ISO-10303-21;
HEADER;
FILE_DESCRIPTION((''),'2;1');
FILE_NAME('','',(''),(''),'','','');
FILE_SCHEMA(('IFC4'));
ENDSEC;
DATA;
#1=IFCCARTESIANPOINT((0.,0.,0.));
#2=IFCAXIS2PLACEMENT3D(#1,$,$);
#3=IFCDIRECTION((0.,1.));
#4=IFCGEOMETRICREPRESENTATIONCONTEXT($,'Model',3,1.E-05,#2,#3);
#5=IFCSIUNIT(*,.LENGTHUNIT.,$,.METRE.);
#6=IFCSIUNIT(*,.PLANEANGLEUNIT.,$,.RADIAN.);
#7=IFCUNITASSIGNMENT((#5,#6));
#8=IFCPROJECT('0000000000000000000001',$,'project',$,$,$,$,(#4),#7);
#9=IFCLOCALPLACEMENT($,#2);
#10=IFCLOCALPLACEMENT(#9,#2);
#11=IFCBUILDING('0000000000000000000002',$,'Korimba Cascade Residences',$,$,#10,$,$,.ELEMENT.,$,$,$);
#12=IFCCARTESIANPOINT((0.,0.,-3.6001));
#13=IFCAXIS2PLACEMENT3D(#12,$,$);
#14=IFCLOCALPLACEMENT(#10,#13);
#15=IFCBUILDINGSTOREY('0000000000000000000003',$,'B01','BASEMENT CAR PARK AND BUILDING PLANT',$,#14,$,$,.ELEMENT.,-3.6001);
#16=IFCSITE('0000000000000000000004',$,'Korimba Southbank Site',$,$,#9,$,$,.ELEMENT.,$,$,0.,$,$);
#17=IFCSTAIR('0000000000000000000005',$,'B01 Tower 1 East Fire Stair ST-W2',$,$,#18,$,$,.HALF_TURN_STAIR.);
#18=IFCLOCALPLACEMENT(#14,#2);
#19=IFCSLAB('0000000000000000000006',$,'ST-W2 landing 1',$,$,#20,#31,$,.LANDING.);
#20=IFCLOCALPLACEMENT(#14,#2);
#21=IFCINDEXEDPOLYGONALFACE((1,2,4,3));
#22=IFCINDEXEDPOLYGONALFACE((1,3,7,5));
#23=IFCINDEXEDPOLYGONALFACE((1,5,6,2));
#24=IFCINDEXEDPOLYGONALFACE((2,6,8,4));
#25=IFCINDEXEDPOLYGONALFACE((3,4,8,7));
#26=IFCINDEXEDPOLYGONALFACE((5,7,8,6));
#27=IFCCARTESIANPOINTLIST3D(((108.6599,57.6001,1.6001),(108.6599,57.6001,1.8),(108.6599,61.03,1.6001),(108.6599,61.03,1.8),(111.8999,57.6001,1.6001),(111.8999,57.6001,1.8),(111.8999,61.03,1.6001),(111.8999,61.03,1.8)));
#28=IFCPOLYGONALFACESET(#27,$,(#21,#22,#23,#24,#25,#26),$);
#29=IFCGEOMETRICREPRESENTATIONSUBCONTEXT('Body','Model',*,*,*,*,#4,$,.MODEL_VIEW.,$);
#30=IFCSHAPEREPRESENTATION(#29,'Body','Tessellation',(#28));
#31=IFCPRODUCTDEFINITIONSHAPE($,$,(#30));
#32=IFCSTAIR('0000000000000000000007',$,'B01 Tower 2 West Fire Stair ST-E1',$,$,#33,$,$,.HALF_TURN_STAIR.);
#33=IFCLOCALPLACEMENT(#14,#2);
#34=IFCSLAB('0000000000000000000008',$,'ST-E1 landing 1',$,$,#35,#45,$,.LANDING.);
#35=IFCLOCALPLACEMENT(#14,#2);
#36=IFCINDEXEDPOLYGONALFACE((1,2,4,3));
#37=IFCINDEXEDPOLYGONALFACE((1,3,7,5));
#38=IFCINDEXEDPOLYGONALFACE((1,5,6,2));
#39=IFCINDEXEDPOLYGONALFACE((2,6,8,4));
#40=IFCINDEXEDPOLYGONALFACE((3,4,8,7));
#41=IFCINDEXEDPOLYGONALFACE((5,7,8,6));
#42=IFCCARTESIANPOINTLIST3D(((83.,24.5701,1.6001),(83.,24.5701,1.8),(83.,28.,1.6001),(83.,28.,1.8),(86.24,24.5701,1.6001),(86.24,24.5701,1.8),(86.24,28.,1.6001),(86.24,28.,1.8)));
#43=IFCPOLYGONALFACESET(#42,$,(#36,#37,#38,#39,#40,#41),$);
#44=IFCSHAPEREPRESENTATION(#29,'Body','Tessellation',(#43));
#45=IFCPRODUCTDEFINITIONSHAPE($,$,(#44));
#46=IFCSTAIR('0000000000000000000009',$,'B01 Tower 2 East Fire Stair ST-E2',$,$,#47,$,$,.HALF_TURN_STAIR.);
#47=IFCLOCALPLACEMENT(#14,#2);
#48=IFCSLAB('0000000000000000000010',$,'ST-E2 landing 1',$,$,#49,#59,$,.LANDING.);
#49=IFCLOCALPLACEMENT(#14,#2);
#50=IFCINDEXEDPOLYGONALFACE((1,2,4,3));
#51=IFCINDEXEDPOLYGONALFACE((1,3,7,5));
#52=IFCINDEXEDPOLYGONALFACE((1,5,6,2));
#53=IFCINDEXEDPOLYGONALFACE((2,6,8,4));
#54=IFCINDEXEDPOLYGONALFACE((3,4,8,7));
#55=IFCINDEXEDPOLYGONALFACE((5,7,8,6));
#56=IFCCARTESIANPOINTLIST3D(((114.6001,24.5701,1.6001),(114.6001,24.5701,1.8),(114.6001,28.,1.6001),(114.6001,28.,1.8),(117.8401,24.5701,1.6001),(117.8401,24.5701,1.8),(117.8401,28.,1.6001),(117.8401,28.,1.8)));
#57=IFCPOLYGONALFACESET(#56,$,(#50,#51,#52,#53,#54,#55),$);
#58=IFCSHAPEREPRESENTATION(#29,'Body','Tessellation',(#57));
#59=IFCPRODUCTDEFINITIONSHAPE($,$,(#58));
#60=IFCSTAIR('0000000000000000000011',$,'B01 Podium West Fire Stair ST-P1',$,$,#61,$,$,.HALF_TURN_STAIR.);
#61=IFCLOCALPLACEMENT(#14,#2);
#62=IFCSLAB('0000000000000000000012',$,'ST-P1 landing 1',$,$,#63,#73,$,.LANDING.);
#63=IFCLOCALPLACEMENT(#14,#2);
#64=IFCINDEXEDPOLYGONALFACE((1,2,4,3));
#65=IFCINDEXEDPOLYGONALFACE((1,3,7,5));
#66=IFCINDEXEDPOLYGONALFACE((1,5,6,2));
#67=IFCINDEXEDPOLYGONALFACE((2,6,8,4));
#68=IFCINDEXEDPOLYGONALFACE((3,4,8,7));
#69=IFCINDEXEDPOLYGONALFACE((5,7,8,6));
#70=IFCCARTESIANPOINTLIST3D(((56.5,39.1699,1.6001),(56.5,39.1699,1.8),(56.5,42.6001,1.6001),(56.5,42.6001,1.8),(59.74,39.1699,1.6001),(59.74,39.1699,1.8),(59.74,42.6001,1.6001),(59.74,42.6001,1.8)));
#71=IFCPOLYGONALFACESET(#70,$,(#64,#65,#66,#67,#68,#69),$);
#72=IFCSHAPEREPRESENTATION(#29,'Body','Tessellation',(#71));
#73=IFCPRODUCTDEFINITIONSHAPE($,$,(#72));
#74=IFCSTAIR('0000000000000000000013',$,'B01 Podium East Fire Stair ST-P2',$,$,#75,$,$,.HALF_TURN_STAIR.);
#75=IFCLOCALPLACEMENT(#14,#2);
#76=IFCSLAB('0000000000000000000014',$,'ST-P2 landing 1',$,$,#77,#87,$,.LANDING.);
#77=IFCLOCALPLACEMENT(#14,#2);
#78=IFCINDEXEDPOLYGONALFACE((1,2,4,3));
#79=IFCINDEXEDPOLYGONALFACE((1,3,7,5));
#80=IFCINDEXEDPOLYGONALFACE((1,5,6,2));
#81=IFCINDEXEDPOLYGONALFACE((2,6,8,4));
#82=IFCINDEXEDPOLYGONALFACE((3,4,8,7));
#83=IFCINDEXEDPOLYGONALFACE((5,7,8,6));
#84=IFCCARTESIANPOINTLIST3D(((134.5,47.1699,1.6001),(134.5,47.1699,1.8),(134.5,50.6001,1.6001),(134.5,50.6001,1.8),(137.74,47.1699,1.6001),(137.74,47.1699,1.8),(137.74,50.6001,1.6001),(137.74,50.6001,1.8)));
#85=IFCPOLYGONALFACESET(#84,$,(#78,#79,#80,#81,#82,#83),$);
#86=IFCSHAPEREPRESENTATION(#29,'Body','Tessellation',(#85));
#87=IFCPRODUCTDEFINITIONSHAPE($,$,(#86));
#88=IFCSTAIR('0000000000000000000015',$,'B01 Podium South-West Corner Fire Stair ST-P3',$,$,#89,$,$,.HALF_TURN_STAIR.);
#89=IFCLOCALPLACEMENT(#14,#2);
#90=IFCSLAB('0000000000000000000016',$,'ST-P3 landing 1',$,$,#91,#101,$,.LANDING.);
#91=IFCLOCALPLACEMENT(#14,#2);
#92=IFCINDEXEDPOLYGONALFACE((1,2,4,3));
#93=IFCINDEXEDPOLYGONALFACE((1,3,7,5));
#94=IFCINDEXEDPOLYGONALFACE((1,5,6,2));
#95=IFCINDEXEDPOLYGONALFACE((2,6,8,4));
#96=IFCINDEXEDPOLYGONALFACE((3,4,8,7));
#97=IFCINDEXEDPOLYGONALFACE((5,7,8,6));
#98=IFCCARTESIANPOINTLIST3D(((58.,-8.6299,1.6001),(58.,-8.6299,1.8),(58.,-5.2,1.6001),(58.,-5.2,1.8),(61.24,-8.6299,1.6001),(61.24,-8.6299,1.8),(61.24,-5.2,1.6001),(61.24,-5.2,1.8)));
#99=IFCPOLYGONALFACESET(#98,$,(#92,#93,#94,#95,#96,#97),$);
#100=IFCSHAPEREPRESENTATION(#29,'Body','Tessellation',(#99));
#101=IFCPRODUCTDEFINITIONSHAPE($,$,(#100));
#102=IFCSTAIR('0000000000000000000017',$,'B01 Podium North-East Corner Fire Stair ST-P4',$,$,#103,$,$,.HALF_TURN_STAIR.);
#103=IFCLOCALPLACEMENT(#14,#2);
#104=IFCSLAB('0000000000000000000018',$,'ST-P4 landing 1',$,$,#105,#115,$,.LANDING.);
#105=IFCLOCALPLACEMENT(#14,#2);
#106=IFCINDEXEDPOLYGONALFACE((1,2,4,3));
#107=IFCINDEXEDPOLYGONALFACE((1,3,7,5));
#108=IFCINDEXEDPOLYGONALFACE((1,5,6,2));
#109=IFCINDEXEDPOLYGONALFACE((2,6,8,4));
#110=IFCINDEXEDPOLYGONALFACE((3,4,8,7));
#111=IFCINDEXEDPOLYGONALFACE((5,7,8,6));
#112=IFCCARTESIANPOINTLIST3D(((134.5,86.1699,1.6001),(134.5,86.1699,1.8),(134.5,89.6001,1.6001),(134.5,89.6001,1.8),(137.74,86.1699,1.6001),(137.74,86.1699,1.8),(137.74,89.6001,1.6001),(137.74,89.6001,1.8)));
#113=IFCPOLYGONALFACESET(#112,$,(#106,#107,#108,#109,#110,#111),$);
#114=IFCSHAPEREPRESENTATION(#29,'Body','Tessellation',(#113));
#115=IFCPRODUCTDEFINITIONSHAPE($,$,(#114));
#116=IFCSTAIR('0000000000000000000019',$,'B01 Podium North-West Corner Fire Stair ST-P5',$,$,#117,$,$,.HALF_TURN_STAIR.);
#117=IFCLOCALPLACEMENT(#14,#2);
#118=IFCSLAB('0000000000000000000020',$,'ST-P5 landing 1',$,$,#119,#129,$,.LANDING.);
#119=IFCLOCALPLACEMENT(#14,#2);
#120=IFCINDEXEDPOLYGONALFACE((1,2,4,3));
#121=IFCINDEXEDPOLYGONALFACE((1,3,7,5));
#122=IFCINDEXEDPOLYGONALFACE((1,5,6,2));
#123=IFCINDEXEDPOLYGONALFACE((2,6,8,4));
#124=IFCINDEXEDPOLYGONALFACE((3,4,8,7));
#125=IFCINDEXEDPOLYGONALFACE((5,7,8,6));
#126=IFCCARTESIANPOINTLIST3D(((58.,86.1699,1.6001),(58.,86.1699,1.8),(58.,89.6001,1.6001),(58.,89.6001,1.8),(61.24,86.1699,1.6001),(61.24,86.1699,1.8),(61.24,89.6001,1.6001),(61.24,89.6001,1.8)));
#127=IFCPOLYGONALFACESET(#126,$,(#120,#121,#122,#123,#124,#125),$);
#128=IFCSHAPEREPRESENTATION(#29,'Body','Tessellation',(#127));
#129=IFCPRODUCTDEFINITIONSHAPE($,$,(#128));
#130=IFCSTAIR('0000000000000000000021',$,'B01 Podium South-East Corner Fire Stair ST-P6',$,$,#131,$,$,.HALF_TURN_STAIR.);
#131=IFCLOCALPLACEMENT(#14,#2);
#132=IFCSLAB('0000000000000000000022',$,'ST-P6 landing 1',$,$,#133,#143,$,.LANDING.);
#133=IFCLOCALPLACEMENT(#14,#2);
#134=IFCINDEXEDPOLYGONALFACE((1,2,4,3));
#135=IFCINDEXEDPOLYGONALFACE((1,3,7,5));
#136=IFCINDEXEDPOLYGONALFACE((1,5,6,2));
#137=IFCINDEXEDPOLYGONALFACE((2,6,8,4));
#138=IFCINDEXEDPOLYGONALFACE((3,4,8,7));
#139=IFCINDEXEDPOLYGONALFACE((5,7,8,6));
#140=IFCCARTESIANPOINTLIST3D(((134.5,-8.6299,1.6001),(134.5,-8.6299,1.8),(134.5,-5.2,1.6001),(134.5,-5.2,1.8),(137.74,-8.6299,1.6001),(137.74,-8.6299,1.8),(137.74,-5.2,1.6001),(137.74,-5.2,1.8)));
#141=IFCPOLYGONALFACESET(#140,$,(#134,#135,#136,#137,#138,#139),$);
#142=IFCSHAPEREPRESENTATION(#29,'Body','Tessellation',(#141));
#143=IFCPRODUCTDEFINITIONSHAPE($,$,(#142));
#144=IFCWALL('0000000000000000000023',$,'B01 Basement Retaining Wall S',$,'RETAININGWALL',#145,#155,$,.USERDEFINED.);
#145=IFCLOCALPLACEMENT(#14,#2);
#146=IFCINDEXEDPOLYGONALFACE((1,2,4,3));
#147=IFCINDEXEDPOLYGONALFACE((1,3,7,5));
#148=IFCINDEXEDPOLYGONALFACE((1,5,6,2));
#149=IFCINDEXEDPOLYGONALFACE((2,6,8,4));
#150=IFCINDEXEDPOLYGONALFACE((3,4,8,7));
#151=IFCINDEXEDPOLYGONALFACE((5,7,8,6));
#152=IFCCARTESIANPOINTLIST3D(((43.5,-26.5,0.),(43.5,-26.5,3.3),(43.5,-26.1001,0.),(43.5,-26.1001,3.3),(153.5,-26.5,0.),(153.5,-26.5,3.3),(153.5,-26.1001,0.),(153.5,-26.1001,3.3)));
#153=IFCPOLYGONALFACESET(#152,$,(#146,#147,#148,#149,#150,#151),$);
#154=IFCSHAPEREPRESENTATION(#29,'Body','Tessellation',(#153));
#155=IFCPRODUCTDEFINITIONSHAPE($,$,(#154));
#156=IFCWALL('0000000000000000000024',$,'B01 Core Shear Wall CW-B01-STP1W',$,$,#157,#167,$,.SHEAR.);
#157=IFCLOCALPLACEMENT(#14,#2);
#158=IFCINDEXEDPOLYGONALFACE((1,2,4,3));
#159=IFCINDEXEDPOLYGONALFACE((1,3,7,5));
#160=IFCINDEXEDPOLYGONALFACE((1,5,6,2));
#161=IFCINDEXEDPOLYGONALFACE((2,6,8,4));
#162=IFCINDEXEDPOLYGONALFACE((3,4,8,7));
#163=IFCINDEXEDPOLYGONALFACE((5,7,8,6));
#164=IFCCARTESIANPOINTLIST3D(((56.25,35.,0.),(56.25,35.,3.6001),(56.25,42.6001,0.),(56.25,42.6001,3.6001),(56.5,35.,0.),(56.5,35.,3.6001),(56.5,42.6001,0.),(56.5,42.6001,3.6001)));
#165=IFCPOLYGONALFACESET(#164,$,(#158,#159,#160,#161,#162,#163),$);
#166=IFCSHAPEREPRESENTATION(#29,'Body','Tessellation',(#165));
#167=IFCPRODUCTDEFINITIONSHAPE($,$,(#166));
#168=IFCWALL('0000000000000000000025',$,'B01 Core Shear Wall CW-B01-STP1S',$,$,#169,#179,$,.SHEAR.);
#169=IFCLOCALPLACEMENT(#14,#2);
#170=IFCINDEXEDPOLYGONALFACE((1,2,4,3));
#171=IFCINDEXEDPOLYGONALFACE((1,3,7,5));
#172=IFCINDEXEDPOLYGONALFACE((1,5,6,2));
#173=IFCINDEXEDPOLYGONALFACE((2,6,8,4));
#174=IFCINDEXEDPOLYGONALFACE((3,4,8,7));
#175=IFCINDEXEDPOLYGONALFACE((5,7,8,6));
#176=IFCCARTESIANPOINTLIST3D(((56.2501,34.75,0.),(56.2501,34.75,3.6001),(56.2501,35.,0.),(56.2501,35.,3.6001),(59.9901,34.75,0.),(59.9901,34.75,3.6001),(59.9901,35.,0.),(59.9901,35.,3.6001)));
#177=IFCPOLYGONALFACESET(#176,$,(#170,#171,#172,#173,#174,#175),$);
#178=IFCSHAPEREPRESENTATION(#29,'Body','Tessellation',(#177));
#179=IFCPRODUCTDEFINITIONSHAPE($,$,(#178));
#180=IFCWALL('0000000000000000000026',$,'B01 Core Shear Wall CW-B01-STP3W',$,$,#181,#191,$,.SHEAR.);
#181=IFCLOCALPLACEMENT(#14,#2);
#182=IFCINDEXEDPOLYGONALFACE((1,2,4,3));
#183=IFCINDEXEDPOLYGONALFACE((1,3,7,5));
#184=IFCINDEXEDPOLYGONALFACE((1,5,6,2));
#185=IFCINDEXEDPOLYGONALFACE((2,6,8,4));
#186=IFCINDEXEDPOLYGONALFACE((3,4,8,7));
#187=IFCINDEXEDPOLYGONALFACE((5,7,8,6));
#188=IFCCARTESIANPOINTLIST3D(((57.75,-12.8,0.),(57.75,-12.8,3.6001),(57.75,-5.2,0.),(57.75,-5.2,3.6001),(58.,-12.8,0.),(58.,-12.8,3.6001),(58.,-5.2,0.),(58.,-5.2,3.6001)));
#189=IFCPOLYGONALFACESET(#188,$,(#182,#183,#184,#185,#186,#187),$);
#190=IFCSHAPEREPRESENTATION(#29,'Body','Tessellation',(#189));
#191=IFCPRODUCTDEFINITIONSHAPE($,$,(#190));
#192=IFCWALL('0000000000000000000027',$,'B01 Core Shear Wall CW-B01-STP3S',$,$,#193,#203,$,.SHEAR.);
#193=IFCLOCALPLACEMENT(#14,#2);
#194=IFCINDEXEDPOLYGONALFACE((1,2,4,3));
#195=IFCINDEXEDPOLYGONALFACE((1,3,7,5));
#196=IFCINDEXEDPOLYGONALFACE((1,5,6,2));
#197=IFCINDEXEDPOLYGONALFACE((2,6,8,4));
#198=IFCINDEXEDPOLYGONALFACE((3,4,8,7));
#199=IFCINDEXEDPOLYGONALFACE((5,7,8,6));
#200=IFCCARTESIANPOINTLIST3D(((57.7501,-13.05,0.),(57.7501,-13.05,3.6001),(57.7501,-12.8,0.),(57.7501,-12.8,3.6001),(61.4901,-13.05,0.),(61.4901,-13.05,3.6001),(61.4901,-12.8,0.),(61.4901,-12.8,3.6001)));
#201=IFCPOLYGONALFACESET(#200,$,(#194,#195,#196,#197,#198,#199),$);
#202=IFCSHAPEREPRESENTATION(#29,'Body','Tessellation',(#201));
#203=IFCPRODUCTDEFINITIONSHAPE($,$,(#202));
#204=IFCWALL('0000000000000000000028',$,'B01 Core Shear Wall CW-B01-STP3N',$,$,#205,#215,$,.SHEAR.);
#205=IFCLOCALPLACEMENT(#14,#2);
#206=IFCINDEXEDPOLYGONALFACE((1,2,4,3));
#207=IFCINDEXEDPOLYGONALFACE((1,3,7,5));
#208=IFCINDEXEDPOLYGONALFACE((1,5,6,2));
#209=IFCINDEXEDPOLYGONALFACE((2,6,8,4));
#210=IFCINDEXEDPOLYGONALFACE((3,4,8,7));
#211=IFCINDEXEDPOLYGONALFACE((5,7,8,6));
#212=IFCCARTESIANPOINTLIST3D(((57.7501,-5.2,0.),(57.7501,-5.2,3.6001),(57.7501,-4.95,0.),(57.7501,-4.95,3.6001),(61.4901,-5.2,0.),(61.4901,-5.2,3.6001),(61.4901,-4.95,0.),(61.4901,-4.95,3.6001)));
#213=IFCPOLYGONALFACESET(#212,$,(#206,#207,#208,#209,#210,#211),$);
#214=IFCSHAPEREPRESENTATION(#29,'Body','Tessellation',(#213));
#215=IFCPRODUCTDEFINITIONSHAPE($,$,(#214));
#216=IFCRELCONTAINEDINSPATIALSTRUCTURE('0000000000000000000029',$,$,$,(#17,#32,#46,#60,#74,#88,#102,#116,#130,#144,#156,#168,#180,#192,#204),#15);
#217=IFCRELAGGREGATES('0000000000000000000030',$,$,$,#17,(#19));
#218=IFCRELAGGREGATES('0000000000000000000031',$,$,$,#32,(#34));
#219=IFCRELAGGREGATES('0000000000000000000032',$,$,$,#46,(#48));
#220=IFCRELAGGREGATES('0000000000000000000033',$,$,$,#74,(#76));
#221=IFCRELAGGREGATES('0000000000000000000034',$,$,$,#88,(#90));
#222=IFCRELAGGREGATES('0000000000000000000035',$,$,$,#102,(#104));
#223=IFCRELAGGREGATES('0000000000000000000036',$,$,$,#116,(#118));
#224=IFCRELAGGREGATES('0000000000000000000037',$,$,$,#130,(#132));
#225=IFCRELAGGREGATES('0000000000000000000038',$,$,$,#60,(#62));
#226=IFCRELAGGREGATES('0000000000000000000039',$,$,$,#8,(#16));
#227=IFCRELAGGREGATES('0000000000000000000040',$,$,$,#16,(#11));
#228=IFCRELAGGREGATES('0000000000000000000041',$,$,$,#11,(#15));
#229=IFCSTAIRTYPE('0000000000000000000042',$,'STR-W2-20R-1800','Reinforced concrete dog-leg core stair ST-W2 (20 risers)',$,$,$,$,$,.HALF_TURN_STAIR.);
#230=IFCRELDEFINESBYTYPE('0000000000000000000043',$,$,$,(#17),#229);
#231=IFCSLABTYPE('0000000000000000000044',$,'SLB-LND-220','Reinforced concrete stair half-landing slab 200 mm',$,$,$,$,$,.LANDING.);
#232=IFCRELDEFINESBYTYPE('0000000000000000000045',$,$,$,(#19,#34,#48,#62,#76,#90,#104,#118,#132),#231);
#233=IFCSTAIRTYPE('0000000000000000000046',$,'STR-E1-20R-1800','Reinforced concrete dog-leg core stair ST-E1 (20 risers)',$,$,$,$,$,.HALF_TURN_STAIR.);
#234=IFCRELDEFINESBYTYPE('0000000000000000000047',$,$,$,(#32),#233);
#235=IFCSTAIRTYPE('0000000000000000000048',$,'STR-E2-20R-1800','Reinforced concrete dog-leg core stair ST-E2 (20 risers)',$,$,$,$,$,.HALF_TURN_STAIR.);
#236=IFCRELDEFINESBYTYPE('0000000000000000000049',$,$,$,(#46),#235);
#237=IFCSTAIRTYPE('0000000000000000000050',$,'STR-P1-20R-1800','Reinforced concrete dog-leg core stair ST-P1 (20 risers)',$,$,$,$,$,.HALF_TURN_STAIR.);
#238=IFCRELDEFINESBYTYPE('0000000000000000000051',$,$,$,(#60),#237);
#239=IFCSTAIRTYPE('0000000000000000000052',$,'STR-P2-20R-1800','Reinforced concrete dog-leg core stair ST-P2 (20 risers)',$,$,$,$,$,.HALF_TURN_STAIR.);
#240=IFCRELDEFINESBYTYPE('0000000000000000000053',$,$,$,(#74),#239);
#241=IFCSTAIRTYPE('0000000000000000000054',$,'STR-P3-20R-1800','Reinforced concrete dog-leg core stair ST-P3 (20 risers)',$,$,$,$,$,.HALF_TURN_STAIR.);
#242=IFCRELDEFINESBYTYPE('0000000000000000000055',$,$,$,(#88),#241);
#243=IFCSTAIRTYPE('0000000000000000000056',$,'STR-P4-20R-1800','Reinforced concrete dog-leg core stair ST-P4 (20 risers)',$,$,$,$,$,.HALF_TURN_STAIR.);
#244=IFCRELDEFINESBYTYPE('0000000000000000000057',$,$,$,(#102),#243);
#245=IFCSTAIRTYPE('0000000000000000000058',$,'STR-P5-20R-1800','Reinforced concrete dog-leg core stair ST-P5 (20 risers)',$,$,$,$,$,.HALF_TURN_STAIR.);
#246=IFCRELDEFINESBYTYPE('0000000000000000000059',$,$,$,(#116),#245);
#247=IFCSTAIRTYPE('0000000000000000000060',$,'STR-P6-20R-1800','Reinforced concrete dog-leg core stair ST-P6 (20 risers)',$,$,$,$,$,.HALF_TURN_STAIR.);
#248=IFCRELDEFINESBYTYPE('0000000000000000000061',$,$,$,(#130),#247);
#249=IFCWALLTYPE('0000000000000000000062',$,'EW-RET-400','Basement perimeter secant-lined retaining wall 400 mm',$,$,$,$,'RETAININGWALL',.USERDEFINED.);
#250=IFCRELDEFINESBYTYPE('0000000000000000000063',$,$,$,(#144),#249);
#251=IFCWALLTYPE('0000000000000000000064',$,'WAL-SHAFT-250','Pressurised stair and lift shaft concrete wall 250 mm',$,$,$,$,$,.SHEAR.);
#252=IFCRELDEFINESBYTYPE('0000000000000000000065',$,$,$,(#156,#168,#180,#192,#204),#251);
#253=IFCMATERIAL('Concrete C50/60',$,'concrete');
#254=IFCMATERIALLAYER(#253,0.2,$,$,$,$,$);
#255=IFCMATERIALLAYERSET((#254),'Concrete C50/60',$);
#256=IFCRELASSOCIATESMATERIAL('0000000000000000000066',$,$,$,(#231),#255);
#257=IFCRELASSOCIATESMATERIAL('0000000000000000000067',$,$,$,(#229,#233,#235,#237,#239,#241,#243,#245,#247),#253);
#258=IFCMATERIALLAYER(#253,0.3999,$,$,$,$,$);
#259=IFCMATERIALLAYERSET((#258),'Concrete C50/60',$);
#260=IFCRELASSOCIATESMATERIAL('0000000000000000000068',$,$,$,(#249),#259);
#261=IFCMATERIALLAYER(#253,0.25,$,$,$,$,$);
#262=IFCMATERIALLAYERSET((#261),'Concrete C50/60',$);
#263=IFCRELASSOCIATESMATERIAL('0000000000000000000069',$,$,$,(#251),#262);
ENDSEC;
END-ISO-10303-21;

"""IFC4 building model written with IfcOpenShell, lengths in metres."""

from ifc_helpers import new_model, si_unit, direction, frame, frame_2d, origin, place, context, subcontext, project, spatial, polyline, rectangle, outline, extrude, material, layer, layer_set, type_object, element, aggregate, save


model = new_model("IFC4")

# Units and contexts
model_context = context("Model", 3, precision=1e-05, world=origin(), true_north=direction((0.0, 1.0)))
body_context = subcontext(model_context, "Body", "Model", "MODEL_VIEW")
ifc_project = project(units=[si_unit("LENGTHUNIT", "METRE"), si_unit("PLANEANGLEUNIT", "RADIAN")], contexts=[model_context])

# Site, building, storey
site_placement = place(None, origin())
site = spatial("IfcSite", under=ifc_project, at=site_placement, Name="Korimba Southbank Site", CompositionType="ELEMENT", RefElevation=0.0)
building_placement = place(site_placement, origin())
building = spatial("IfcBuilding", under=site, at=building_placement, Name="Korimba Cascade Residences", CompositionType="ELEMENT")
storey_placement = place(building_placement, frame((0.0, 0.0, -3.6001)))
storey = spatial("IfcBuildingStorey", under=building, at=storey_placement, Name="B01", Description="BASEMENT CAR PARK AND BUILDING PLANT", CompositionType="ELEMENT", Elevation=-3.6001)

# Stairs, slabs
ifc_material_1 = material(Name="Concrete C50/60", Category="concrete")
ifc_layer_1 = layer(ifc_material_1, 0.2)
ifc_layer_set_1 = layer_set([ifc_layer_1], Name="Concrete C50/60")
slab_type_1 = type_object("IfcSlabType", Name="SLB-LND-220", Description="Reinforced concrete stair half-landing slab 200 mm", PredefinedType="LANDING", material=ifc_layer_set_1)
stair_type_1 = type_object("IfcStairType", Name="STR-W2-20R-1800", Description="Reinforced concrete dog-leg core stair ST-W2 (20 risers)", PredefinedType="HALF_TURN_STAIR", material=ifc_material_1)
stair_1_placement = place(storey_placement, origin())
stair_1 = element("IfcStair", 1, at=stair_1_placement, inside=storey, type_object=stair_type_1, Name="B01 Tower 1 East Fire Stair ST-W2", PredefinedType="HALF_TURN_STAIR")
slab_1_placement = place(storey_placement, frame((0.0, 0.0, 1.6001)))
slab_1 = element("IfcSlab", 2, at=slab_1_placement, type_object=slab_type_1, Name="ST-W2 landing 1", PredefinedType="LANDING", context=body_context, shape_type="SweptSolid", body=[
    extrude(outline(polyline([(108.6599, 61.03), (108.6599, 57.6001), (111.8999, 57.6001), (111.8999, 61.03), (108.6599, 61.03)])), origin(), (0.0, 0.0, 1.0), 0.2),
])
aggregate(stair_1, [slab_1])
stair_type_2 = type_object("IfcStairType", Name="STR-E1-20R-1800", Description="Reinforced concrete dog-leg core stair ST-E1 (20 risers)", PredefinedType="HALF_TURN_STAIR", material=ifc_material_1)
stair_2_placement = place(storey_placement, origin())
stair_2 = element("IfcStair", 3, at=stair_2_placement, inside=storey, type_object=stair_type_2, Name="B01 Tower 2 West Fire Stair ST-E1", PredefinedType="HALF_TURN_STAIR")
slab_2_placement = place(storey_placement, frame((0.0, 0.0, 1.6001)))
slab_2 = element("IfcSlab", 4, at=slab_2_placement, type_object=slab_type_1, Name="ST-E1 landing 1", PredefinedType="LANDING", context=body_context, shape_type="SweptSolid", body=[
    extrude(outline(polyline([(86.24, 24.5701), (86.24, 28.0), (83.0, 28.0), (83.0, 24.5701), (86.24, 24.5701)])), origin(), (0.0, 0.0, 1.0), 0.2),
])
aggregate(stair_2, [slab_2])
stair_type_3 = type_object("IfcStairType", Name="STR-E2-20R-1800", Description="Reinforced concrete dog-leg core stair ST-E2 (20 risers)", PredefinedType="HALF_TURN_STAIR", material=ifc_material_1)
stair_3_placement = place(storey_placement, origin())
stair_3 = element("IfcStair", 5, at=stair_3_placement, inside=storey, type_object=stair_type_3, Name="B01 Tower 2 East Fire Stair ST-E2", PredefinedType="HALF_TURN_STAIR")
slab_3_placement = place(storey_placement, frame((0.0, 0.0, 1.6001)))
slab_3 = element("IfcSlab", 6, at=slab_3_placement, type_object=slab_type_1, Name="ST-E2 landing 1", PredefinedType="LANDING", context=body_context, shape_type="SweptSolid", body=[
    extrude(outline(polyline([(117.8401, 24.5701), (117.8401, 28.0), (114.6001, 28.0), (114.6001, 24.5701), (117.8401, 24.5701)])), origin(), (0.0, 0.0, 1.0), 0.2),
])
aggregate(stair_3, [slab_3])
stair_type_4 = type_object("IfcStairType", Name="STR-P1-20R-1800", Description="Reinforced concrete dog-leg core stair ST-P1 (20 risers)", PredefinedType="HALF_TURN_STAIR", material=ifc_material_1)
stair_4_placement = place(storey_placement, origin())
stair_4 = element("IfcStair", 7, at=stair_4_placement, inside=storey, type_object=stair_type_4, Name="B01 Podium West Fire Stair ST-P1", PredefinedType="HALF_TURN_STAIR")
slab_4_placement = place(storey_placement, frame((0.0, 0.0, 1.6001)))
slab_4 = element("IfcSlab", 8, at=slab_4_placement, type_object=slab_type_1, Name="ST-P1 landing 1", PredefinedType="LANDING", context=body_context, shape_type="SweptSolid", body=[
    extrude(outline(polyline([(59.74, 39.1699), (59.74, 42.6001), (56.5, 42.6001), (56.5, 39.1699), (59.74, 39.1699)])), origin(), (0.0, 0.0, 1.0), 0.2),
])
stair_type_5 = type_object("IfcStairType", Name="STR-P2-20R-1800", Description="Reinforced concrete dog-leg core stair ST-P2 (20 risers)", PredefinedType="HALF_TURN_STAIR", material=ifc_material_1)
stair_5_placement = place(storey_placement, origin())
stair_5 = element("IfcStair", 9, at=stair_5_placement, inside=storey, type_object=stair_type_5, Name="B01 Podium East Fire Stair ST-P2", PredefinedType="HALF_TURN_STAIR")
slab_5_placement = place(storey_placement, frame((0.0, 0.0, 1.6001)))
slab_5 = element("IfcSlab", 10, at=slab_5_placement, type_object=slab_type_1, Name="ST-P2 landing 1", PredefinedType="LANDING", context=body_context, shape_type="SweptSolid", body=[
    extrude(outline(polyline([(137.74, 47.1699), (137.74, 50.6001), (134.5, 50.6001), (134.5, 47.1699), (137.74, 47.1699)])), origin(), (0.0, 0.0, 1.0), 0.2),
])
aggregate(stair_5, [slab_5])
stair_type_6 = type_object("IfcStairType", Name="STR-P3-20R-1800", Description="Reinforced concrete dog-leg core stair ST-P3 (20 risers)", PredefinedType="HALF_TURN_STAIR", material=ifc_material_1)
stair_6_placement = place(storey_placement, origin())
stair_6 = element("IfcStair", 11, at=stair_6_placement, inside=storey, type_object=stair_type_6, Name="B01 Podium South-West Corner Fire Stair ST-P3", PredefinedType="HALF_TURN_STAIR")
slab_6_placement = place(storey_placement, frame((0.0, 0.0, 1.6001)))
slab_6 = element("IfcSlab", 12, at=slab_6_placement, type_object=slab_type_1, Name="ST-P3 landing 1", PredefinedType="LANDING", context=body_context, shape_type="SweptSolid", body=[
    extrude(outline(polyline([(61.24, -8.6299), (61.24, -5.2), (58.0, -5.2), (58.0, -8.6299), (61.24, -8.6299)])), origin(), (0.0, 0.0, 1.0), 0.2),
])
aggregate(stair_6, [slab_6])
stair_type_7 = type_object("IfcStairType", Name="STR-P4-20R-1800", Description="Reinforced concrete dog-leg core stair ST-P4 (20 risers)", PredefinedType="HALF_TURN_STAIR", material=ifc_material_1)
stair_7_placement = place(storey_placement, origin())
stair_7 = element("IfcStair", 13, at=stair_7_placement, inside=storey, type_object=stair_type_7, Name="B01 Podium North-East Corner Fire Stair ST-P4", PredefinedType="HALF_TURN_STAIR")
slab_7_placement = place(storey_placement, frame((0.0, 0.0, 1.6001)))
slab_7 = element("IfcSlab", 14, at=slab_7_placement, type_object=slab_type_1, Name="ST-P4 landing 1", PredefinedType="LANDING", context=body_context, shape_type="SweptSolid", body=[
    extrude(outline(polyline([(137.74, 86.1699), (137.74, 89.6001), (134.5, 89.6001), (134.5, 86.1699), (137.74, 86.1699)])), origin(), (0.0, 0.0, 1.0), 0.2),
])
aggregate(stair_7, [slab_7])
stair_type_8 = type_object("IfcStairType", Name="STR-P5-20R-1800", Description="Reinforced concrete dog-leg core stair ST-P5 (20 risers)", PredefinedType="HALF_TURN_STAIR", material=ifc_material_1)
stair_8_placement = place(storey_placement, origin())
stair_8 = element("IfcStair", 15, at=stair_8_placement, inside=storey, type_object=stair_type_8, Name="B01 Podium North-West Corner Fire Stair ST-P5", PredefinedType="HALF_TURN_STAIR")
slab_8_placement = place(storey_placement, frame((0.0, 0.0, 1.6001)))
slab_8 = element("IfcSlab", 16, at=slab_8_placement, type_object=slab_type_1, Name="ST-P5 landing 1", PredefinedType="LANDING", context=body_context, shape_type="SweptSolid", body=[
    extrude(outline(polyline([(61.24, 86.1699), (61.24, 89.6001), (58.0, 89.6001), (58.0, 86.1699), (61.24, 86.1699)])), origin(), (0.0, 0.0, 1.0), 0.2),
])
aggregate(stair_8, [slab_8])
stair_type_9 = type_object("IfcStairType", Name="STR-P6-20R-1800", Description="Reinforced concrete dog-leg core stair ST-P6 (20 risers)", PredefinedType="HALF_TURN_STAIR", material=ifc_material_1)
stair_9_placement = place(storey_placement, origin())
stair_9 = element("IfcStair", 17, at=stair_9_placement, inside=storey, type_object=stair_type_9, Name="B01 Podium South-East Corner Fire Stair ST-P6", PredefinedType="HALF_TURN_STAIR")
slab_9_placement = place(storey_placement, frame((0.0, 0.0, 1.6001)))
slab_9 = element("IfcSlab", 18, at=slab_9_placement, type_object=slab_type_1, Name="ST-P6 landing 1", PredefinedType="LANDING", context=body_context, shape_type="SweptSolid", body=[
    extrude(outline(polyline([(137.74, -8.6299), (137.74, -5.2), (134.5, -5.2), (134.5, -8.6299), (137.74, -8.6299)])), origin(), (0.0, 0.0, 1.0), 0.2),
])
aggregate(stair_9, [slab_9])

# Walls
ifc_layer_2 = layer(ifc_material_1, 0.3999)
ifc_layer_set_2 = layer_set([ifc_layer_2], Name="Concrete C50/60")
wall_type_1 = type_object("IfcWallType", Name="EW-RET-400", Description="Basement perimeter secant-lined retaining wall 400 mm", ElementType="RETAININGWALL", PredefinedType="USERDEFINED", material=ifc_layer_set_2)
wall_1_placement = place(storey_placement, frame((43.5, -26.3, 0.0), z_axis=(0.0, 0.0, 1.0), x_axis=(1.0, 0.0, 0.0)))
element("IfcWall", 19, at=wall_1_placement, inside=storey, type_object=wall_type_1, Name="B01 Basement Retaining Wall S", ObjectType="RETAININGWALL", PredefinedType="USERDEFINED", context=body_context, shape_type="SweptSolid", body=[
    extrude(rectangle(XDim=110.0, YDim=0.3999, at=frame_2d((55.0, 0.0))), origin(), (0.0, 0.0, 1.0), 3.3),
])
ifc_layer_3 = layer(ifc_material_1, 0.25)
ifc_layer_set_3 = layer_set([ifc_layer_3], Name="Concrete C50/60")
wall_type_2 = type_object("IfcWallType", Name="WAL-SHAFT-250", Description="Pressurised stair and lift shaft concrete wall 250 mm", PredefinedType="SHEAR", material=ifc_layer_set_3)
wall_2_placement = place(storey_placement, frame((56.375, 35.0, 0.0), z_axis=(0.0, 0.0, 1.0), x_axis=(0.0, 1.0, 0.0)))
element("IfcWall", 20, at=wall_2_placement, inside=storey, type_object=wall_type_2, Name="B01 Core Shear Wall CW-B01-STP1W", PredefinedType="SHEAR", context=body_context, shape_type="SweptSolid", body=[
    extrude(rectangle(XDim=7.6001, YDim=0.25, at=frame_2d((3.8, 0.0))), origin(), (0.0, 0.0, 1.0), 3.6001),
])
wall_3_placement = place(storey_placement, frame((56.25, 34.875, 0.0), z_axis=(0.0, 0.0, 1.0), x_axis=(1.0, 0.0, 0.0)))
element("IfcWall", 21, at=wall_3_placement, inside=storey, type_object=wall_type_2, Name="B01 Core Shear Wall CW-B01-STP1S", PredefinedType="SHEAR", context=body_context, shape_type="SweptSolid", body=[
    extrude(rectangle(XDim=3.74, YDim=0.25, at=frame_2d((1.8701, 0.0))), origin(), (0.0, 0.0, 1.0), 3.6001),
])
wall_4_placement = place(storey_placement, frame((57.875, -12.8, 0.0), z_axis=(0.0, 0.0, 1.0), x_axis=(0.0, 1.0, 0.0)))
element("IfcWall", 22, at=wall_4_placement, inside=storey, type_object=wall_type_2, Name="B01 Core Shear Wall CW-B01-STP3W", PredefinedType="SHEAR", context=body_context, shape_type="SweptSolid", body=[
    extrude(rectangle(XDim=7.6001, YDim=0.25, at=frame_2d((3.8, 0.0))), origin(), (0.0, 0.0, 1.0), 3.6001),
])
for number, where, z_axis, x_axis, name in (
    (23, (57.75, -12.925, 0.0), (0.0, 0.0, 1.0), (1.0, 0.0, 0.0), "B01 Core Shear Wall CW-B01-STP3S"),
    (24, (57.75, -5.075, 0.0), (0.0, 0.0, 1.0), (1.0, 0.0, 0.0), "B01 Core Shear Wall CW-B01-STP3N"),
):
    element("IfcWall", number, at=place(storey_placement, frame(where, z_axis=z_axis, x_axis=x_axis)), inside=storey, type_object=wall_type_2, Name=name, PredefinedType="SHEAR", context=body_context, shape_type="SweptSolid", body=[
        extrude(rectangle(XDim=3.74, YDim=0.25, at=frame_2d((1.8701, 0.0))), origin(), (0.0, 0.0, 1.0), 3.6001),
    ])

aggregate(stair_4, [slab_4])

save(model, "model.ifc")
